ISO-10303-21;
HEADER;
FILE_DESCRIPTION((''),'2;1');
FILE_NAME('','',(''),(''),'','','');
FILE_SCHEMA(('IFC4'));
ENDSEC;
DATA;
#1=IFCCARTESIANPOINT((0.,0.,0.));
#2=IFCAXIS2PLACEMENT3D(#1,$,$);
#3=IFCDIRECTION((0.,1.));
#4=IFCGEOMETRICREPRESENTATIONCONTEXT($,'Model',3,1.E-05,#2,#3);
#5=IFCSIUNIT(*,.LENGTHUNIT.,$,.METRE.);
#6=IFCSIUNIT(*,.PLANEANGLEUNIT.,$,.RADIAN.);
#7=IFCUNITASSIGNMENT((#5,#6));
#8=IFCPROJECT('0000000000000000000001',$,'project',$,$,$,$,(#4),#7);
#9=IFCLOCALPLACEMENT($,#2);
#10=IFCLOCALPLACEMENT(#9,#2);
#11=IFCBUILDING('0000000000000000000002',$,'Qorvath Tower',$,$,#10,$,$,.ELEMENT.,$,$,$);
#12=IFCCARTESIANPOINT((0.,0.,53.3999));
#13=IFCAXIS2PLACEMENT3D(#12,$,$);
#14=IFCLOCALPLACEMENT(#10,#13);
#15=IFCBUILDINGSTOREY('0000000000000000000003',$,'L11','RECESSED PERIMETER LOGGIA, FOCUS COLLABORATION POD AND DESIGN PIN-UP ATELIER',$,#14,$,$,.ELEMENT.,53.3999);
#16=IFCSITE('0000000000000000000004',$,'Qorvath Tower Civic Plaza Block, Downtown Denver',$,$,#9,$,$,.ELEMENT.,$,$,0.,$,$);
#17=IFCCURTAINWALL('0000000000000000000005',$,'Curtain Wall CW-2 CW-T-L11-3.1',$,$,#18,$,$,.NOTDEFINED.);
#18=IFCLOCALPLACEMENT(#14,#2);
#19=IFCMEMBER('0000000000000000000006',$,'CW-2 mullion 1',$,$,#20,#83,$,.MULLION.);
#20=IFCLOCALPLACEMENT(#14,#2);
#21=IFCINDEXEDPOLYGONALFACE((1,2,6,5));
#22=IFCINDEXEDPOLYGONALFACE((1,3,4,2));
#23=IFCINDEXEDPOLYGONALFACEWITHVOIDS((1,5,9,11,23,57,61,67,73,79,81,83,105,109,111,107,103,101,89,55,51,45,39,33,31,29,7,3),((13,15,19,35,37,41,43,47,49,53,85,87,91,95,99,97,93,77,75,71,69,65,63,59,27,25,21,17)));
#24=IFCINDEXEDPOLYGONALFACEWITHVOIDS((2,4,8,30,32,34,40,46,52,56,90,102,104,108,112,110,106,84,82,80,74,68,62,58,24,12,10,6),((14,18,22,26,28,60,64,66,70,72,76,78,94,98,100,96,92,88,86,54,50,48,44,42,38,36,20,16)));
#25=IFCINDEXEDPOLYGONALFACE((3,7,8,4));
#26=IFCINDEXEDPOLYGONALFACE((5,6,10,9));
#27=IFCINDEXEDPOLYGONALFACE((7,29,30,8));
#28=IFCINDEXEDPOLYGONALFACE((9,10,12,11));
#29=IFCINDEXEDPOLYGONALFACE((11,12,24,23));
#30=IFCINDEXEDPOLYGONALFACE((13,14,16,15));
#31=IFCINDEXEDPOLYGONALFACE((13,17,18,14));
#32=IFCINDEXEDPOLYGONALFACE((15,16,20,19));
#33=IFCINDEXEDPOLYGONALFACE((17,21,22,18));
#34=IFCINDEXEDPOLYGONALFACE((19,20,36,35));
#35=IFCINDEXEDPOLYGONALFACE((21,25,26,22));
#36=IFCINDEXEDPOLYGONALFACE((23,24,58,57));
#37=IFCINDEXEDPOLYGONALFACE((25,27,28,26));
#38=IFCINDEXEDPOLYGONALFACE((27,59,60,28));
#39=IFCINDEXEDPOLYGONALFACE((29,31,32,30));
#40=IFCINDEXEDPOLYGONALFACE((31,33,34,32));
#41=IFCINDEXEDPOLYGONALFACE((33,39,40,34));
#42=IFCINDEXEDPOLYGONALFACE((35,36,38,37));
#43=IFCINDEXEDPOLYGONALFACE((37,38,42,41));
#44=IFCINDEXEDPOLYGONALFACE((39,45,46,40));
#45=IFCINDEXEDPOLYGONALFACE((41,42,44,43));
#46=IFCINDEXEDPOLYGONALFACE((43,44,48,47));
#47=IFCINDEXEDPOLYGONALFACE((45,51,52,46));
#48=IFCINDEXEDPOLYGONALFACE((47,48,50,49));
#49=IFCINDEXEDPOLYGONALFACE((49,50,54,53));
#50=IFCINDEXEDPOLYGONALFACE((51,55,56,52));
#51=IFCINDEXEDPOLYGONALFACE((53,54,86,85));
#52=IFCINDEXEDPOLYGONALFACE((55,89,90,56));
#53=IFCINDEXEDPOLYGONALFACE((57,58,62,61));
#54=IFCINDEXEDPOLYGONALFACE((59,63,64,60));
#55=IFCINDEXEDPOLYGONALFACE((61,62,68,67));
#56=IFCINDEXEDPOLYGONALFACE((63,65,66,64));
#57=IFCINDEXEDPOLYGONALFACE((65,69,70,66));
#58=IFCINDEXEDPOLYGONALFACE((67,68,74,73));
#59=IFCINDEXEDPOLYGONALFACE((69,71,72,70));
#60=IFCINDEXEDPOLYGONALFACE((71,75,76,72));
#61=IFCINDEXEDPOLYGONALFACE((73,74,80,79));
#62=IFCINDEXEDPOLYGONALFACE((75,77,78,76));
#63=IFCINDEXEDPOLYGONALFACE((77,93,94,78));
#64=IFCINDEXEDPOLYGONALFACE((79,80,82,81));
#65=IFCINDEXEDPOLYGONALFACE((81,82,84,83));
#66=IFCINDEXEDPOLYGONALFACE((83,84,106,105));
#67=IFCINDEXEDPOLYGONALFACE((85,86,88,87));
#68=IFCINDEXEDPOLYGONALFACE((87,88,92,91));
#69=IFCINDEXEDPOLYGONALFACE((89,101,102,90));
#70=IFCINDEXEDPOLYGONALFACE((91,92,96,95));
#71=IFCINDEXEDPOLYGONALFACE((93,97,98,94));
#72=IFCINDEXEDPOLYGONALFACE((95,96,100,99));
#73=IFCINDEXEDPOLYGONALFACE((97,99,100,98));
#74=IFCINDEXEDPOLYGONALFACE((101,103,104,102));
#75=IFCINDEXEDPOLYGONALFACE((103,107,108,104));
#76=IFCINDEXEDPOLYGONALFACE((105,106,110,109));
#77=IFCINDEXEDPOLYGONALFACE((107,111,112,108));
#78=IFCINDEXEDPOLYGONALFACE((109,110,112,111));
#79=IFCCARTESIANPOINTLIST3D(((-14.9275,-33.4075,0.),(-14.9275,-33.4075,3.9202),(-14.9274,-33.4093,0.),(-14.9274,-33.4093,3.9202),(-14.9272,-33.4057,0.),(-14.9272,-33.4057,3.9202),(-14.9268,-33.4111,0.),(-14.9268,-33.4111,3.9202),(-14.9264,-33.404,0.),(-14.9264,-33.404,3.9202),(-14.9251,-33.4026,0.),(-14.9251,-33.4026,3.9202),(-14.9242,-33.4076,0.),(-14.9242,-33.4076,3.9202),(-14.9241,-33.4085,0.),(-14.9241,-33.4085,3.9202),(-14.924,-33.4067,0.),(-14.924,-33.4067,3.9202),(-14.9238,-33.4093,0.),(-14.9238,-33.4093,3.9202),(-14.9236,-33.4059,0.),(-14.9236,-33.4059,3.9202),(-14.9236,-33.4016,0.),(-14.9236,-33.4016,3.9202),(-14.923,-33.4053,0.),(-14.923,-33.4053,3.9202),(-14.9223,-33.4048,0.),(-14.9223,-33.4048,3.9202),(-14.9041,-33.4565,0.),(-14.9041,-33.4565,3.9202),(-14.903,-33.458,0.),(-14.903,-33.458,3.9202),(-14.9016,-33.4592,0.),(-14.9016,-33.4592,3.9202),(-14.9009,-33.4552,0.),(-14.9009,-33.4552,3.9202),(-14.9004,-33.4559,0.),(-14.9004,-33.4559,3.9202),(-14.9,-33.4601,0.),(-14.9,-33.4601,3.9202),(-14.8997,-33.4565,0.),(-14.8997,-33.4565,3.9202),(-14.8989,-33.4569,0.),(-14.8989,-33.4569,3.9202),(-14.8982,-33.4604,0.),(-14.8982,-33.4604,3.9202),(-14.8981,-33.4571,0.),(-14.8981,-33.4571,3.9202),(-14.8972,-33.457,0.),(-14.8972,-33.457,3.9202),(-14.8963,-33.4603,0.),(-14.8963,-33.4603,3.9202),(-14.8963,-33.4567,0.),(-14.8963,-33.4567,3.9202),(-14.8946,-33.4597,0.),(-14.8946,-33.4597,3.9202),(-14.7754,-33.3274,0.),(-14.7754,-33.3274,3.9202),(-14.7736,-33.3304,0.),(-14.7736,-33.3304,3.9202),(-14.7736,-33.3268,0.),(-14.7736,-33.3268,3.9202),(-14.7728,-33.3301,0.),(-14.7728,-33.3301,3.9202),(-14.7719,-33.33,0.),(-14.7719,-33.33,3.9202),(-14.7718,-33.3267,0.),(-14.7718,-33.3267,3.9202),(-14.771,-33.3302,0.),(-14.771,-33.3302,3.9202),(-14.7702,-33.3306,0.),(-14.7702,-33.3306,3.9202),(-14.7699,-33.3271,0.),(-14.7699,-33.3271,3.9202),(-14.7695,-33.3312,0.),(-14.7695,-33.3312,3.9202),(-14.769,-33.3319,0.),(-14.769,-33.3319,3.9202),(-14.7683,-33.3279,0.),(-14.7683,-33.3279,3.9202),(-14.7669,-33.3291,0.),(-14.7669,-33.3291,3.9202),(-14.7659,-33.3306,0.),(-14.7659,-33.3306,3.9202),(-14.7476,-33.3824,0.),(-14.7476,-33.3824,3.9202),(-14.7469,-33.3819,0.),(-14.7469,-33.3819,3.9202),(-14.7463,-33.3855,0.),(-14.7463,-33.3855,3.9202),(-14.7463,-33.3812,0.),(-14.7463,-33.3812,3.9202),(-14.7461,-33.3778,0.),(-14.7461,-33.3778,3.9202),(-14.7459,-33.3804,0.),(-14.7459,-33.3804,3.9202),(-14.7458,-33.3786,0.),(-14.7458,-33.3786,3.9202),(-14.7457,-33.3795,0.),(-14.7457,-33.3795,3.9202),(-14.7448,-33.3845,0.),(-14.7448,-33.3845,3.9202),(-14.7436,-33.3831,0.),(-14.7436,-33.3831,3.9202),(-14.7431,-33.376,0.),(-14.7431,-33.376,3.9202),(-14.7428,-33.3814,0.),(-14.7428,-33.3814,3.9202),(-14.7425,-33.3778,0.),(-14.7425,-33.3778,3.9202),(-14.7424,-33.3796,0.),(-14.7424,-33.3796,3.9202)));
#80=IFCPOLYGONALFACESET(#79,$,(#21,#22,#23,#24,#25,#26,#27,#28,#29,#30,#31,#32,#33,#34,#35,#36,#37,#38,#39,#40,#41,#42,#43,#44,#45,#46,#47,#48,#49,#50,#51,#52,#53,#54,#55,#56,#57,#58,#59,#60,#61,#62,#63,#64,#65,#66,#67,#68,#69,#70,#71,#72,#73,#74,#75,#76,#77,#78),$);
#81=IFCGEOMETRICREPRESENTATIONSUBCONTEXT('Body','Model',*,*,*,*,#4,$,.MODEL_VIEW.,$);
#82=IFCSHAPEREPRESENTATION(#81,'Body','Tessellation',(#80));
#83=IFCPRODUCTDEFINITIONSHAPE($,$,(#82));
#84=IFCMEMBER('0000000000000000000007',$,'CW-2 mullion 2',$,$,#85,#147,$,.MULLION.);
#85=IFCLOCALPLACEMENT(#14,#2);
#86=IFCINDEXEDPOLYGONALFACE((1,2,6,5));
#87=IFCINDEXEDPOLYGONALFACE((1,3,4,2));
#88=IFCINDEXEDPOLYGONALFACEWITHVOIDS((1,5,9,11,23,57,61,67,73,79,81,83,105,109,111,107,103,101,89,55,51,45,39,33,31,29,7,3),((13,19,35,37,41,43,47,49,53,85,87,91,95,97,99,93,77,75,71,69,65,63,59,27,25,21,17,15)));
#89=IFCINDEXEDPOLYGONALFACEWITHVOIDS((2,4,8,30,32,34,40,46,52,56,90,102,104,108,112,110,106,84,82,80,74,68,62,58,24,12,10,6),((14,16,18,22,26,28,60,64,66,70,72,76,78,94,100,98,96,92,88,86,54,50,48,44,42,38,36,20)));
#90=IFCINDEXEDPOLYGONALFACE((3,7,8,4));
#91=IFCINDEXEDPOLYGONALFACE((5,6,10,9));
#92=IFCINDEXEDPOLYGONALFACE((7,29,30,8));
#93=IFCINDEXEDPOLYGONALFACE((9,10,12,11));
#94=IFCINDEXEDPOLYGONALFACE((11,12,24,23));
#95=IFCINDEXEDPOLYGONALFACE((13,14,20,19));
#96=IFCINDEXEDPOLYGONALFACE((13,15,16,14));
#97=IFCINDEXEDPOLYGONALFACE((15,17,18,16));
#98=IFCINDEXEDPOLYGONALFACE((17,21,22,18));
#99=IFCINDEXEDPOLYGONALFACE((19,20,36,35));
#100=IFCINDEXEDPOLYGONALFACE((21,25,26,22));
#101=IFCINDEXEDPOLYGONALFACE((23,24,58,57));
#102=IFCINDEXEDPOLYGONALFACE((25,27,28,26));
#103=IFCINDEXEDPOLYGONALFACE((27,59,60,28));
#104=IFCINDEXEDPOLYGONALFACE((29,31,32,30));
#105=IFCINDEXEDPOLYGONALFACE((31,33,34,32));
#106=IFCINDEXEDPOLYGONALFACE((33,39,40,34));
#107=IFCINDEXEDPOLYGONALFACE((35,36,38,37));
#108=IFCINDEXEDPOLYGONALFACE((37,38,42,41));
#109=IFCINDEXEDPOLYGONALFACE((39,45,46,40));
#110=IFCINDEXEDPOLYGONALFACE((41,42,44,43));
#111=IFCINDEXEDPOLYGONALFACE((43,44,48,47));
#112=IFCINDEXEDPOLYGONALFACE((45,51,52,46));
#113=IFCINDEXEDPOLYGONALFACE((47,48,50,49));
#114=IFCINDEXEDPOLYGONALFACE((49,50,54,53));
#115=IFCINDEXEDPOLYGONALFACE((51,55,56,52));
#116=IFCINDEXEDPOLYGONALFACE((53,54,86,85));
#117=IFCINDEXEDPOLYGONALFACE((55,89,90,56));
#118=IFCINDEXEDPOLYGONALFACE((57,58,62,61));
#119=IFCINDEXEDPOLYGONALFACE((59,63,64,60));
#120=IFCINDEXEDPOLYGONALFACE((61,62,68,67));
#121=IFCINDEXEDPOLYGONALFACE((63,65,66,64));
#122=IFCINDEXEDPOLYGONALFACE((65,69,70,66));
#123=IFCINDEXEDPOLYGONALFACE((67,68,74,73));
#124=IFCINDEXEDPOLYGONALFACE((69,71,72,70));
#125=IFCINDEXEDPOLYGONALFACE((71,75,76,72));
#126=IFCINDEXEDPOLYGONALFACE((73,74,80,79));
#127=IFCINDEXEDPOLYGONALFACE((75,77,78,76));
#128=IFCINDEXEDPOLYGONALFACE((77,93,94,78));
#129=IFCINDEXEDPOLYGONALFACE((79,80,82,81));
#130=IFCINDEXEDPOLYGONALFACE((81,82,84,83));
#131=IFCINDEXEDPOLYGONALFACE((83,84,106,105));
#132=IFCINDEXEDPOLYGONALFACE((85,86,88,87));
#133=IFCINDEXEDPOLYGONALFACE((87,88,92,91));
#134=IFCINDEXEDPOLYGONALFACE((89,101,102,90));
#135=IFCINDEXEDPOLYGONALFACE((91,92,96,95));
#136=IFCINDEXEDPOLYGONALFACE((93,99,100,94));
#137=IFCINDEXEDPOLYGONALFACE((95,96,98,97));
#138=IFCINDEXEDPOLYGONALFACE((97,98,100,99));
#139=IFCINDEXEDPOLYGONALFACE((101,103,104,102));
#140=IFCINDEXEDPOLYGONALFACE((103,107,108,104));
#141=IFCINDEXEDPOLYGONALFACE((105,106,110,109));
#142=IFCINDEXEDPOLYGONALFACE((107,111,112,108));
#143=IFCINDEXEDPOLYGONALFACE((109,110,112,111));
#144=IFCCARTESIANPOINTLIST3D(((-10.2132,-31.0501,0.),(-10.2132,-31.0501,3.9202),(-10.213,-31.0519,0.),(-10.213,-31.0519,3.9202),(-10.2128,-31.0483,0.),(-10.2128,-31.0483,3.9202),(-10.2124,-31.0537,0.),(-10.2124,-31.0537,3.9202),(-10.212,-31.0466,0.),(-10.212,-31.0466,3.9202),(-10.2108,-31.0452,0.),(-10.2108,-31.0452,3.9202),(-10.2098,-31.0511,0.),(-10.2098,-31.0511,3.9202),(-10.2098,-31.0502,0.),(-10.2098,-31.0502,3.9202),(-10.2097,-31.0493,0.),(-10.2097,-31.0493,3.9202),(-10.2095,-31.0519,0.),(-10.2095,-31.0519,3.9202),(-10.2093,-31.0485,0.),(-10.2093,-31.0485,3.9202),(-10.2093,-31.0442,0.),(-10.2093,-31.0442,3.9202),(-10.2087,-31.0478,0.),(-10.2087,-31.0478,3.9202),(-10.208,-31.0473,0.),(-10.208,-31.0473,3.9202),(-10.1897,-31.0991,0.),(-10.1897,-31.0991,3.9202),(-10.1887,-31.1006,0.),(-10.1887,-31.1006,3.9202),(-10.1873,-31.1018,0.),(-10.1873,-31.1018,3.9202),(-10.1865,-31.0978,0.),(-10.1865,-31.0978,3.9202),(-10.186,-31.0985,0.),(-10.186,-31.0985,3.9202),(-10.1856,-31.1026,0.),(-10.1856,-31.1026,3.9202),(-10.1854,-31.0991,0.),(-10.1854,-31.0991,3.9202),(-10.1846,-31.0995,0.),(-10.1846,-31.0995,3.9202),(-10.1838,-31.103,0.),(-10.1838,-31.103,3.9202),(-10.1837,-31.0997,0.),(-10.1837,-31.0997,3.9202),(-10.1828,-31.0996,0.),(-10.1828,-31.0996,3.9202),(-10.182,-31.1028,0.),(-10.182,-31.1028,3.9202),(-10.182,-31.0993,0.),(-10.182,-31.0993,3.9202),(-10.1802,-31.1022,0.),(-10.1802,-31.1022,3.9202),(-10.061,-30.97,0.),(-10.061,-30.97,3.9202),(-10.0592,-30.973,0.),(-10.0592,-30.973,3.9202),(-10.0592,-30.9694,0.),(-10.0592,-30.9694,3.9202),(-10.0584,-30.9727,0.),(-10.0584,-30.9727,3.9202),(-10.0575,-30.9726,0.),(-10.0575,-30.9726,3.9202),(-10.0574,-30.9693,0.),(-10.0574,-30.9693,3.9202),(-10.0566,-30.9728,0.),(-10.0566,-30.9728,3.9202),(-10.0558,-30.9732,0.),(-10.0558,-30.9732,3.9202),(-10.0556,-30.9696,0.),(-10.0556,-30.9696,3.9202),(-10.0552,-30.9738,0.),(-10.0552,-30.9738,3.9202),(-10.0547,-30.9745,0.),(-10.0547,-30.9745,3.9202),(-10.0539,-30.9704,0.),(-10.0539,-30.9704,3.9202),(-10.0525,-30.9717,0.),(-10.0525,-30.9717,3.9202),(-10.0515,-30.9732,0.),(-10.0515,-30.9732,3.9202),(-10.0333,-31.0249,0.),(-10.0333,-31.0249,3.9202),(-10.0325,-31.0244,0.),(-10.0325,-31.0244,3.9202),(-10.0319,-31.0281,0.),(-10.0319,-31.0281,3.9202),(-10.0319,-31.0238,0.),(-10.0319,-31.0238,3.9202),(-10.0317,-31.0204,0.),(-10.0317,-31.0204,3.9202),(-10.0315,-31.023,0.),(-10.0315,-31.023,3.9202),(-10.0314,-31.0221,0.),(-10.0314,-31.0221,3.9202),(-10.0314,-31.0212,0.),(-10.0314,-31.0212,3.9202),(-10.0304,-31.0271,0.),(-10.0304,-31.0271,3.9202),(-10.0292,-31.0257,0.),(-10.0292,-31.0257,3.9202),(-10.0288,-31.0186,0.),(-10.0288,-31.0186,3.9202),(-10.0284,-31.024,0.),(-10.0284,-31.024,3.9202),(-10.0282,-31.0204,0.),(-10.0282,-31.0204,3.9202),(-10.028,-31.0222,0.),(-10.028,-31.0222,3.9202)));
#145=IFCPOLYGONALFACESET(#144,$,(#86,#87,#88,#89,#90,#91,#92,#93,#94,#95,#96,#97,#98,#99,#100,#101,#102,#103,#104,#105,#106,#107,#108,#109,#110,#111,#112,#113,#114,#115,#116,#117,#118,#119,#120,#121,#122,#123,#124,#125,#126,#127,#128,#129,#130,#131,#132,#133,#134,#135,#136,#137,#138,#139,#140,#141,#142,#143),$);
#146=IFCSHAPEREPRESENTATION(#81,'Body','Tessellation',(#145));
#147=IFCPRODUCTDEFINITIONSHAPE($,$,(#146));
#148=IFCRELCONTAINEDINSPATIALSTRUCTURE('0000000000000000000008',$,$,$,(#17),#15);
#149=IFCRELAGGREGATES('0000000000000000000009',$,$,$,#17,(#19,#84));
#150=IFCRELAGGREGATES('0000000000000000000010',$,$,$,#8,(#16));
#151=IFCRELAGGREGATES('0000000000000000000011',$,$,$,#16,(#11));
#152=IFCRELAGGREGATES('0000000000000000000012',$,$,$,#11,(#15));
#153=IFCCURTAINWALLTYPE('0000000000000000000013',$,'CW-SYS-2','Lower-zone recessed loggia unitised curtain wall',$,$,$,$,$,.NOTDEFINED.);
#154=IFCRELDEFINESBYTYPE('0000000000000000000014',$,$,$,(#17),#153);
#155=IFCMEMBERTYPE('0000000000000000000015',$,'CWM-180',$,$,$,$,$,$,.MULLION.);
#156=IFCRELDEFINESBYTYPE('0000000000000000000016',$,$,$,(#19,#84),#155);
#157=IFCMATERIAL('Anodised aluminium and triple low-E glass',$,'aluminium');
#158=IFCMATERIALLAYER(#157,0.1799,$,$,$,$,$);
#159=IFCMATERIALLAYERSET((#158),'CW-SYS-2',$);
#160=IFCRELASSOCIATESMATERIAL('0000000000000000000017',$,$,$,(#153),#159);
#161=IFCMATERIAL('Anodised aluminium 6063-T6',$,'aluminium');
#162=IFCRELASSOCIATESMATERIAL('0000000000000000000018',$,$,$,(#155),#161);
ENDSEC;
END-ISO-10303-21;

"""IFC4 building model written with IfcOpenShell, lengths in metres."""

from ifc_helpers import new_model, si_unit, direction, frame, origin, origin_2d, place, context, subcontext, project, spatial, hollow_rectangle, extrude, material, layer, layer_set, material_profile, profile_set, type_object, element, aggregate, save


model = new_model("IFC4")

# Units and contexts
model_context = context("Model", 3, precision=1e-05, world=origin(), true_north=direction((0.0, 1.0)))
body_context = subcontext(model_context, "Body", "Model", "MODEL_VIEW")
ifc_project = project(units=[si_unit("LENGTHUNIT", "METRE"), si_unit("PLANEANGLEUNIT", "RADIAN")], contexts=[model_context])

# Site, building, storey
site_placement = place(None, origin())
site = spatial("IfcSite", under=ifc_project, at=site_placement, Name="Qorvath Tower Civic Plaza Block, Downtown Denver", CompositionType="ELEMENT", RefElevation=0.0)
building_placement = place(site_placement, origin())
building = spatial("IfcBuilding", under=site, at=building_placement, Name="Qorvath Tower", CompositionType="ELEMENT")
storey_placement = place(building_placement, frame((0.0, 0.0, 53.3999)))
storey = spatial("IfcBuildingStorey", under=building, at=storey_placement, Name="L11", Description="RECESSED PERIMETER LOGGIA, FOCUS COLLABORATION POD AND DESIGN PIN-UP ATELIER", CompositionType="ELEMENT", Elevation=53.3999)

# Curtain wall, members
ifc_material_1 = material(Name="Anodised aluminium and triple low-E glass", Category="aluminium")
ifc_layer_1 = layer(ifc_material_1, 0.1799)
ifc_layer_set_1 = layer_set([ifc_layer_1], Name="CW-SYS-2")
curtain_wall_type = type_object("IfcCurtainWallType", Name="CW-SYS-2", Description="Lower-zone recessed loggia unitised curtain wall", PredefinedType="NOTDEFINED", material=ifc_layer_set_1)
ifc_material_2 = material(Name="Anodised aluminium 6063-T6", Category="aluminium")
ifc_material_profile_1 = material_profile(ifc_material_2, hollow_rectangle(XDim=0.0649, YDim=0.1799, WallThickness=0.0034, InnerFilletRadius=0.0034, OuterFilletRadius=0.0071, at=origin_2d()), Name="CWM 180x65")
ifc_profile_set_1 = profile_set([ifc_material_profile_1], Name="Anodised aluminium 6063-T6")
member_type_1 = type_object("IfcMemberType", Name="CWM-180", PredefinedType="MULLION", material=ifc_profile_set_1)
curtain_wall_1_placement = place(storey_placement, origin())
curtain_wall_1 = element("IfcCurtainWall", 1, at=curtain_wall_1_placement, inside=storey, type_object=curtain_wall_type, Name="Curtain Wall CW-2 CW-T-L11-3.1", PredefinedType="NOTDEFINED")
member_1_placement = place(storey_placement, frame((-14.835, -33.3936, 0.0), z_axis=(0.0, 0.0, 1.0), x_axis=(-0.447259, 0.894405, 0.0)))
member_1 = element("IfcMember", 2, at=member_1_placement, type_object=member_type_1, Name="CW-2 mullion 1", PredefinedType="MULLION", context=body_context, shape_type="SweptSolid", body=[
    extrude(hollow_rectangle(XDim=0.0649, YDim=0.1799, WallThickness=0.0034, InnerFilletRadius=0.0034, OuterFilletRadius=0.0071, at=origin_2d()), origin(), (0.0, 0.0, 1.0), 3.9202),
])
member_2_placement = place(storey_placement, frame((-10.1206, -31.0361, 0.0), z_axis=(0.0, 0.0, 1.0), x_axis=(-0.447259, 0.894405, 0.0)))
member_2 = element("IfcMember", 3, at=member_2_placement, type_object=member_type_1, Name="CW-2 mullion 2", PredefinedType="MULLION", context=body_context, shape_type="SweptSolid", body=[
    extrude(hollow_rectangle(XDim=0.0649, YDim=0.1799, WallThickness=0.0034, InnerFilletRadius=0.0034, OuterFilletRadius=0.0071, at=origin_2d()), origin(), (0.0, 0.0, 1.0), 3.9202),
])

aggregate(curtain_wall_1, [member_1, member_2])

save(model, "model.ifc")
